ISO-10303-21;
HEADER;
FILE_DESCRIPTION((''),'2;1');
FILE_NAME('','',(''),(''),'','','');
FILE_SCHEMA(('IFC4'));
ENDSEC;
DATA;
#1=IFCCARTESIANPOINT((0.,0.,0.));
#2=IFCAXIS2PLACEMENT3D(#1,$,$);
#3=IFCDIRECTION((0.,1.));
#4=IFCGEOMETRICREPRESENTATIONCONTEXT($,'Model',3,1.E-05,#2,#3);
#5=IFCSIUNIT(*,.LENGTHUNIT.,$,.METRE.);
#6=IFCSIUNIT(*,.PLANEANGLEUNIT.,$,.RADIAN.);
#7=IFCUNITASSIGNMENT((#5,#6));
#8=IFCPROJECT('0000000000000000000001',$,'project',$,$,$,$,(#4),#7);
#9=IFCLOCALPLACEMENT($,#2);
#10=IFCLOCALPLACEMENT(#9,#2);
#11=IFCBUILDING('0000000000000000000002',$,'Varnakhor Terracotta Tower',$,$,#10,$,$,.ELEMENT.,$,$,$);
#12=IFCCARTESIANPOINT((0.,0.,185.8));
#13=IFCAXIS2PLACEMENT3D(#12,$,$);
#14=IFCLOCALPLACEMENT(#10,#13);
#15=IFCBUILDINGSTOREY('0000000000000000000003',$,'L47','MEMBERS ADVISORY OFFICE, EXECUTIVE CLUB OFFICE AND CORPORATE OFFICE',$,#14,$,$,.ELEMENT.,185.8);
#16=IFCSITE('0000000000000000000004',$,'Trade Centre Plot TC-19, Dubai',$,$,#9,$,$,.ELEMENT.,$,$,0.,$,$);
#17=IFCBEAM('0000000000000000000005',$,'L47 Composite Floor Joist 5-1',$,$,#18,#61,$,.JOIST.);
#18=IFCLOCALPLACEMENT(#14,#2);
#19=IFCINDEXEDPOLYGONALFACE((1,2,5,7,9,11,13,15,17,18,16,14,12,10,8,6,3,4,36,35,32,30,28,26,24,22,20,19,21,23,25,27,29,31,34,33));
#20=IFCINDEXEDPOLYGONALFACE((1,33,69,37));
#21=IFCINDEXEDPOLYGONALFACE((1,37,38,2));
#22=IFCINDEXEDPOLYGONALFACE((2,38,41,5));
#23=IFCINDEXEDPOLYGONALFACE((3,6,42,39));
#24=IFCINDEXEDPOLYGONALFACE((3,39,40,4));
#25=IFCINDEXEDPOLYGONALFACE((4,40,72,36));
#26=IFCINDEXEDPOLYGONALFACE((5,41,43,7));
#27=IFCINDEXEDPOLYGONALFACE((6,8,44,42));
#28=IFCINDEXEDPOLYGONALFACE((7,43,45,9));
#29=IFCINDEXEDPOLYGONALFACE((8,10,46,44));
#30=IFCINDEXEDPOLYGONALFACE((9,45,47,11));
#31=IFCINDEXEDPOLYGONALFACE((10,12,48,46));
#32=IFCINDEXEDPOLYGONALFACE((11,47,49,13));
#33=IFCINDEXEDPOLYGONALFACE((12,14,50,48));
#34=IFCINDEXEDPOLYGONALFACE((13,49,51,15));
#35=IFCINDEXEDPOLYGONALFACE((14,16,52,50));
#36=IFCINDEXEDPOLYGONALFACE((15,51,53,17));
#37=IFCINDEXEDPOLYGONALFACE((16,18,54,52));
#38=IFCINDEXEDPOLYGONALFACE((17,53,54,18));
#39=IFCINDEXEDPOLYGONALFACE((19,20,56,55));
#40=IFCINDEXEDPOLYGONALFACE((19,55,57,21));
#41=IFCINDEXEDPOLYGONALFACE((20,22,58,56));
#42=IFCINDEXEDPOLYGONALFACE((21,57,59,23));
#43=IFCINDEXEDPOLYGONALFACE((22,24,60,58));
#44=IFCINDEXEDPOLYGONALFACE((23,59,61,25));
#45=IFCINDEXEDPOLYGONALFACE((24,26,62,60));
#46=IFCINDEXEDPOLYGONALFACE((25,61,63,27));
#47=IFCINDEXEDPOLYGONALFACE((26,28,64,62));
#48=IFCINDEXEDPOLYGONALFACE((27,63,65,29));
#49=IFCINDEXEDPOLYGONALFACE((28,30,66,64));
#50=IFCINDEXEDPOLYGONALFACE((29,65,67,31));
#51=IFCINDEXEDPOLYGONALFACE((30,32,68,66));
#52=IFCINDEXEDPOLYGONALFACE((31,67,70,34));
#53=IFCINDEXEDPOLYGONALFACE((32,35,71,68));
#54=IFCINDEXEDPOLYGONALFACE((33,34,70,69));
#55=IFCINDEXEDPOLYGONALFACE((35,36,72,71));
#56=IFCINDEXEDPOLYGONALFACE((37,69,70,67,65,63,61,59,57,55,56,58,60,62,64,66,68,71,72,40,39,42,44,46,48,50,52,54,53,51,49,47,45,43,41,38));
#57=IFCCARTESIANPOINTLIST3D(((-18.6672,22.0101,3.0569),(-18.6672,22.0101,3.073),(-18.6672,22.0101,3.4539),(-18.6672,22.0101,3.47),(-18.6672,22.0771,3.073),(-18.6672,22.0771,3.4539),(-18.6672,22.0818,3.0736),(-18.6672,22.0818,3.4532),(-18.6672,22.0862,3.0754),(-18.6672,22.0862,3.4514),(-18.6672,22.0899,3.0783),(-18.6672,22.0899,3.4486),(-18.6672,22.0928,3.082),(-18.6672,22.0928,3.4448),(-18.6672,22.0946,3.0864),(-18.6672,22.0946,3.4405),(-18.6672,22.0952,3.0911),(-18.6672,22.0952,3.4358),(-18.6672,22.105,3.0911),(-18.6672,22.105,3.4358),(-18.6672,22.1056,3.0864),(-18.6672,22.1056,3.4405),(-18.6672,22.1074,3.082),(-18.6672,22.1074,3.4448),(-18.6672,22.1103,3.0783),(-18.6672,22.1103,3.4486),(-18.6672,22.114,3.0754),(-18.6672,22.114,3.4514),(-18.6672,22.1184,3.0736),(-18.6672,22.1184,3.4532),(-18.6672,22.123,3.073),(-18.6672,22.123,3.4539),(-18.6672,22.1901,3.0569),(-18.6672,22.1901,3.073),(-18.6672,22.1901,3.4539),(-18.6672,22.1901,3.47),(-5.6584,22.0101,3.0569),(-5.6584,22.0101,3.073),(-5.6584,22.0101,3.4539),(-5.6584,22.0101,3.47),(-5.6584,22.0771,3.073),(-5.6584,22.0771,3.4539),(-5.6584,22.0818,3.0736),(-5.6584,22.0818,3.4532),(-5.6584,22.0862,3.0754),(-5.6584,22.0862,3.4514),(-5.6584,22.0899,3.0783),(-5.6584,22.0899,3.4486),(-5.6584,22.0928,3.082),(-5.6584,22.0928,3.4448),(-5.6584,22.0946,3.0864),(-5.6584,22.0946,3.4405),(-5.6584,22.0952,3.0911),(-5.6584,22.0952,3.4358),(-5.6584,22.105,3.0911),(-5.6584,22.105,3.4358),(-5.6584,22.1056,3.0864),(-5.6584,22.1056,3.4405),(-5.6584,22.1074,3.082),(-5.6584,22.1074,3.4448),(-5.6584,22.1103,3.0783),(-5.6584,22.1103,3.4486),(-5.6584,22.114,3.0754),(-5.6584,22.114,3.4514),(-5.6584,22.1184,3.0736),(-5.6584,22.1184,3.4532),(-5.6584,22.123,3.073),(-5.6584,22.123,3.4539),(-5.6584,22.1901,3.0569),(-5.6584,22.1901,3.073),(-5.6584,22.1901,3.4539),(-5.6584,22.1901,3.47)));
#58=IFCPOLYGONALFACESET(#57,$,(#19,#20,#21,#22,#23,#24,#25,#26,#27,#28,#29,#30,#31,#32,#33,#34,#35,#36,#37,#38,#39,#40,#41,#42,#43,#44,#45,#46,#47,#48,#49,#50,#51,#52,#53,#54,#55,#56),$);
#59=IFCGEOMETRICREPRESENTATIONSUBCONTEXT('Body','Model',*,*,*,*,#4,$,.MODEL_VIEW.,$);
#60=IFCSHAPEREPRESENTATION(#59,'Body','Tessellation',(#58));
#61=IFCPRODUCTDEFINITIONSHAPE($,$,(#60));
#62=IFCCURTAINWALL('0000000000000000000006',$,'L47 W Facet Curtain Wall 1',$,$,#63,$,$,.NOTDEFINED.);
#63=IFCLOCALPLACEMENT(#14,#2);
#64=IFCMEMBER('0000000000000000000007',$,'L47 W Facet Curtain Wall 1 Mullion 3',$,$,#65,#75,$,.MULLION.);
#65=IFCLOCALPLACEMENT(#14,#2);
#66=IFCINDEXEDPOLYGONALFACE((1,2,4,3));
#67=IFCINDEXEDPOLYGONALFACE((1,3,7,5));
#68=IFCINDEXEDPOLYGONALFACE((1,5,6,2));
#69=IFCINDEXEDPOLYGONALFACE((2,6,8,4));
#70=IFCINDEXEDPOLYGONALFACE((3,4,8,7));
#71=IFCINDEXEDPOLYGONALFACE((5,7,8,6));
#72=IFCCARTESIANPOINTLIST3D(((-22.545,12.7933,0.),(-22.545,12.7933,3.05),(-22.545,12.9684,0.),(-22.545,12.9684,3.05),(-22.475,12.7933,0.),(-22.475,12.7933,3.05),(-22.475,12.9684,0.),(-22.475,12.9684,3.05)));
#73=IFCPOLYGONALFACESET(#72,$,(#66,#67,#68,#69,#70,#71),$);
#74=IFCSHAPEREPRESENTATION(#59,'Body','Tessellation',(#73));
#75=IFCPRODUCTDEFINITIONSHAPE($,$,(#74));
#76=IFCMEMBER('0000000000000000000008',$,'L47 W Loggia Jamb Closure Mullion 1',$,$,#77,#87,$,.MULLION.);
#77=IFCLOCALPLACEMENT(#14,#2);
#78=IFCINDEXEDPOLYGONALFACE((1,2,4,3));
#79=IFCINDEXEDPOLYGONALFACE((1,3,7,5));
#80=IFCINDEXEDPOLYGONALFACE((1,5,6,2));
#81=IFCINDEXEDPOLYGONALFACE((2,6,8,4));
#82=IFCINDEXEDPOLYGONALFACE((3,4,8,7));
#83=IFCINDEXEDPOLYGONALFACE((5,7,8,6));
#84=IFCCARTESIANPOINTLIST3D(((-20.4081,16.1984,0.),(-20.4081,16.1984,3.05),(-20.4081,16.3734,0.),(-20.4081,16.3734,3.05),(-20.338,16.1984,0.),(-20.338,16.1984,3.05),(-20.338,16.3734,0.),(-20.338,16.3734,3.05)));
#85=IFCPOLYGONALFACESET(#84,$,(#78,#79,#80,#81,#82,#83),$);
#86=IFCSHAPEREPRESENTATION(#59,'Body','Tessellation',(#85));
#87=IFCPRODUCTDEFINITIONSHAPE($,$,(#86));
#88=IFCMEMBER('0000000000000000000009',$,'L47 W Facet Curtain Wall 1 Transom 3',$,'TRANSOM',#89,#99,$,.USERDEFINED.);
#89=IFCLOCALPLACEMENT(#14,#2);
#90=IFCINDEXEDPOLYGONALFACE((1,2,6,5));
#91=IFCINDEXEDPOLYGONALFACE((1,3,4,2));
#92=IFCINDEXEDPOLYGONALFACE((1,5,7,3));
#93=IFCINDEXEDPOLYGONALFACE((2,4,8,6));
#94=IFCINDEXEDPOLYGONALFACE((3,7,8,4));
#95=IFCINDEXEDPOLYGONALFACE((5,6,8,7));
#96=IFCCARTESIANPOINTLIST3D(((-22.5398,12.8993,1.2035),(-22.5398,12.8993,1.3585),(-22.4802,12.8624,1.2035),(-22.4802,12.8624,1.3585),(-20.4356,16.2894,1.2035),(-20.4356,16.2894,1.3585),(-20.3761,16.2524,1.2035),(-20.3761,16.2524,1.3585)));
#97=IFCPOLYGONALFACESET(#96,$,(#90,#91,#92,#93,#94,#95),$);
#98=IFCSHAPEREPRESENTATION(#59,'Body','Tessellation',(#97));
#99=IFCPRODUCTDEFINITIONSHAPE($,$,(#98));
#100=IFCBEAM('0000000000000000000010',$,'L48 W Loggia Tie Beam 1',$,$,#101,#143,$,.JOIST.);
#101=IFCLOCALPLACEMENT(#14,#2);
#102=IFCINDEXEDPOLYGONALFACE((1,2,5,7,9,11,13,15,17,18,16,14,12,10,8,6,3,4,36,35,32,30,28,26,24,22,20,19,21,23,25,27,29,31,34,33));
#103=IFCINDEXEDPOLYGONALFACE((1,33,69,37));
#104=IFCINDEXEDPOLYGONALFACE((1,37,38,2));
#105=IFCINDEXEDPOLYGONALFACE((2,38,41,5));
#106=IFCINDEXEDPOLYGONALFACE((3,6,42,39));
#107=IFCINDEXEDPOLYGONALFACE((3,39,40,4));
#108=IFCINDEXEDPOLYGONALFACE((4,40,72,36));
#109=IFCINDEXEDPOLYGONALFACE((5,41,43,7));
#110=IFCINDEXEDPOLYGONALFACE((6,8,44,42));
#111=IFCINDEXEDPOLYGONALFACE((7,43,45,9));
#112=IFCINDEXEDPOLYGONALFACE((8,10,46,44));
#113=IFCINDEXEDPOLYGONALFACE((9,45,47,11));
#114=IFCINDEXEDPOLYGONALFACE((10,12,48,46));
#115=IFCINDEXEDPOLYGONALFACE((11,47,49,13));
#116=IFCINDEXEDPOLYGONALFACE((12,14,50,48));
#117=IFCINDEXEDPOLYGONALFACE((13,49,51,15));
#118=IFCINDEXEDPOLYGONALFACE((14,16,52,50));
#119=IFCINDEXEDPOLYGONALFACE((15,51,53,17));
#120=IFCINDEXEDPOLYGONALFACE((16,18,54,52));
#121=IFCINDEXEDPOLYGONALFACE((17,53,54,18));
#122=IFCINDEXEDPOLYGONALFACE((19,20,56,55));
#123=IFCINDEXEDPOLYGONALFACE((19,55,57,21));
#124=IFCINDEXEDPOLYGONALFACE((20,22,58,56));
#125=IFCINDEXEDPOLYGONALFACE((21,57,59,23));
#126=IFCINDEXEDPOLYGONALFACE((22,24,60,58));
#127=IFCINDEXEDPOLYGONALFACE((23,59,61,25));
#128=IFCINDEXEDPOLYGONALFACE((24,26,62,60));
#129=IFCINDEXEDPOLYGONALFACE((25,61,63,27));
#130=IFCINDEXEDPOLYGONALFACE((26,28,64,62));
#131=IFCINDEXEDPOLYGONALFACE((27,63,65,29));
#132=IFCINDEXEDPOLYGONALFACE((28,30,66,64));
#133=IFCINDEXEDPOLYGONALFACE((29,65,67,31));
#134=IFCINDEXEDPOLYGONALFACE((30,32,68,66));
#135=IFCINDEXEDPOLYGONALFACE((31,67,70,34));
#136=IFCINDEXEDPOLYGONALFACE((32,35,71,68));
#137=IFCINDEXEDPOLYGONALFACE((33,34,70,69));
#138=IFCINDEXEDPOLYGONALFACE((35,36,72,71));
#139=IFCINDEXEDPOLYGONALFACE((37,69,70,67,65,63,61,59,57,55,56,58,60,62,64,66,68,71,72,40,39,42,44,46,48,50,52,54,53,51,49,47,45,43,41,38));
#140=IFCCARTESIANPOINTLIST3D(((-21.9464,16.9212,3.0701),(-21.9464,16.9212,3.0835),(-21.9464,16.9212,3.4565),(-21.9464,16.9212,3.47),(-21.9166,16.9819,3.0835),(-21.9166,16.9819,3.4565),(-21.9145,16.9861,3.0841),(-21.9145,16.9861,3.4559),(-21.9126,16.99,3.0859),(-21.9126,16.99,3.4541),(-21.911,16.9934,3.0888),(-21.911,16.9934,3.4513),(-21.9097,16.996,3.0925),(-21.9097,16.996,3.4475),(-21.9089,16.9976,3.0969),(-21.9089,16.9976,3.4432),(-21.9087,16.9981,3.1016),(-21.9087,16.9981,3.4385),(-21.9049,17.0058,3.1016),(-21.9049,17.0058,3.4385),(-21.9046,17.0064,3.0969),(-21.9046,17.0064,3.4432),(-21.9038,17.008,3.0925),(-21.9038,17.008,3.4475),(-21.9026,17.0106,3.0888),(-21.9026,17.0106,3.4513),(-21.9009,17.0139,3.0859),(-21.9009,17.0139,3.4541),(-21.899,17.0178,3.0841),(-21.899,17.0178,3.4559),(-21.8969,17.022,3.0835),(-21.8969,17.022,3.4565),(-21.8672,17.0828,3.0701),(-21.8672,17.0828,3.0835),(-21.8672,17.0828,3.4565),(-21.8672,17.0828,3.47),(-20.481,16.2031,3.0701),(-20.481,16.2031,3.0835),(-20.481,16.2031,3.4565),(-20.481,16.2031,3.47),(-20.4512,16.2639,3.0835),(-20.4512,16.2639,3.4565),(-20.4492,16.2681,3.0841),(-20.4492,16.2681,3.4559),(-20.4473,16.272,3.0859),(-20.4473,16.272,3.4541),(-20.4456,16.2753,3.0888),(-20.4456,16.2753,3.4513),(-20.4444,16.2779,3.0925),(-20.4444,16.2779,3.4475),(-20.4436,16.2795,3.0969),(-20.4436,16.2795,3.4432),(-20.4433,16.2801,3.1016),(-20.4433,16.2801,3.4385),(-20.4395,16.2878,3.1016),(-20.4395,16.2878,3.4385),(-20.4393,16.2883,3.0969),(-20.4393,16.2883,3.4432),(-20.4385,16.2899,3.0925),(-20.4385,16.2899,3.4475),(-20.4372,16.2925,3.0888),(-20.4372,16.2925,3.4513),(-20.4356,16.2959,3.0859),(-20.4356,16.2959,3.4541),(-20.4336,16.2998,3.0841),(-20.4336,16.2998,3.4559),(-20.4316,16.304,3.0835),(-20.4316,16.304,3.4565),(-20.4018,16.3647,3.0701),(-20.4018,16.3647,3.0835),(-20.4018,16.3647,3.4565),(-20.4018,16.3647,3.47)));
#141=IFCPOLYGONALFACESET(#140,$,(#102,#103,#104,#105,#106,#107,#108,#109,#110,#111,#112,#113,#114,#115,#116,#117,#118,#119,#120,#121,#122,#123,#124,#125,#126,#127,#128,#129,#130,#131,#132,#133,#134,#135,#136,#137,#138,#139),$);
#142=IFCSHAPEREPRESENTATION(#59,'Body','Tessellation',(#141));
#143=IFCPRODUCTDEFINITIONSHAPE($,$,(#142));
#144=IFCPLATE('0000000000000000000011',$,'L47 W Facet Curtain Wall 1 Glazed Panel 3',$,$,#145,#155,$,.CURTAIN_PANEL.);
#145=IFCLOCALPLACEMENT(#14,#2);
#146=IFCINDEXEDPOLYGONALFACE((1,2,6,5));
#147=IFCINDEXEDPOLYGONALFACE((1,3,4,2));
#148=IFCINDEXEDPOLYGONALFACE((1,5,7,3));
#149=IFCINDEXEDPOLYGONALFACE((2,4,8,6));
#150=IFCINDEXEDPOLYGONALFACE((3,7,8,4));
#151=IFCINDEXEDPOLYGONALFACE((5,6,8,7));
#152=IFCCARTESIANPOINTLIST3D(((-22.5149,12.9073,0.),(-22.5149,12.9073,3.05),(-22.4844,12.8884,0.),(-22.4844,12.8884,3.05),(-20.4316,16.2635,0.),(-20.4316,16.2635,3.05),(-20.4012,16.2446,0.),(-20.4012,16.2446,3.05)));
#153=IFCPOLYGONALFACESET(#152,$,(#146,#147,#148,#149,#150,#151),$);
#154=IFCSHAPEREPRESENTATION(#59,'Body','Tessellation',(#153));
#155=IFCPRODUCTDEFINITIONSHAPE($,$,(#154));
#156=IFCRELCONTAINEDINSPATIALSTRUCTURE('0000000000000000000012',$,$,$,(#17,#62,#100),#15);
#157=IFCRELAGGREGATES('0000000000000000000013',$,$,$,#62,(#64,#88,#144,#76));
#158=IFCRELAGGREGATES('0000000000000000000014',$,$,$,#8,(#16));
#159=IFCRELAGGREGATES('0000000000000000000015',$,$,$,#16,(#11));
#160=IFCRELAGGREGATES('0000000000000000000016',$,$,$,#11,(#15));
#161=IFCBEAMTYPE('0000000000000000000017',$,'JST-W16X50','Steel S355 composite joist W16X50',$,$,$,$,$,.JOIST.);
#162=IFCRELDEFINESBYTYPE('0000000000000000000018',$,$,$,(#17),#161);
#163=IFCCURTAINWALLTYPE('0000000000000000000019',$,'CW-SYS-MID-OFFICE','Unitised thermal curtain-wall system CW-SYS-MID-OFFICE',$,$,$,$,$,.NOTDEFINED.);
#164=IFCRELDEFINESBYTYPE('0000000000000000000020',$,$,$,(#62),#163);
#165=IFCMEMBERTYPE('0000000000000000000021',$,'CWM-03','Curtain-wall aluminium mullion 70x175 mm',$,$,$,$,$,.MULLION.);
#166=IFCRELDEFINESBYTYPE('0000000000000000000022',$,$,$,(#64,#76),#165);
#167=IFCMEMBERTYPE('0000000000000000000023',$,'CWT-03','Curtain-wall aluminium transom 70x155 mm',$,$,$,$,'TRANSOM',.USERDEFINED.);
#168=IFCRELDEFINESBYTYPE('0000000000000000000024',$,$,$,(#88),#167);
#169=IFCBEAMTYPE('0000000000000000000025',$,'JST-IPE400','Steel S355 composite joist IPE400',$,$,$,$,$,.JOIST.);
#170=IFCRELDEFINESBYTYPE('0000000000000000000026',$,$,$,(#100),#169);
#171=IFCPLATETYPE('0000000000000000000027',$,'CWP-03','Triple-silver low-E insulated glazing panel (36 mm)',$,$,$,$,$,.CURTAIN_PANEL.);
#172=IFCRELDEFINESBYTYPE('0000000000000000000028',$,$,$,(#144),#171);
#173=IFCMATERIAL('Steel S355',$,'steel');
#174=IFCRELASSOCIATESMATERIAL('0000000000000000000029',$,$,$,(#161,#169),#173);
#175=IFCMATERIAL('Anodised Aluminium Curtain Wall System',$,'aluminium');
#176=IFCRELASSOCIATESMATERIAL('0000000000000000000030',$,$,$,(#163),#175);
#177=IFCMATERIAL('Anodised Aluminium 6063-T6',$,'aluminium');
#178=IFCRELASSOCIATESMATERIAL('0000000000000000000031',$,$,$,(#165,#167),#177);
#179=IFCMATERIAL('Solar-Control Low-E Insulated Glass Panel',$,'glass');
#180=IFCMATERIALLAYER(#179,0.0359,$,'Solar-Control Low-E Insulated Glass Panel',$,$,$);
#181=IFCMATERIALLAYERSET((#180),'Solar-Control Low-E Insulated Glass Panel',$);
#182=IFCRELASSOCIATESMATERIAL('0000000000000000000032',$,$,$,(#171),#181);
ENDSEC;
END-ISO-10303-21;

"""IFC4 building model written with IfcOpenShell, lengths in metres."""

from ifc_helpers import new_model, si_unit, direction, frame, origin, origin_2d, place, context, subcontext, project, spatial, rectangle, i_section, extrude, source, transform, mapped, material, layer, layer_set, material_profile, profile_set, type_object, element, aggregate, save


model = new_model("IFC4")

# Units and contexts
model_context = context("Model", 3, precision=1e-05, world=origin(), true_north=direction((0.0, 1.0)))
body_context = subcontext(model_context, "Body", "Model", "MODEL_VIEW")
ifc_project = project(units=[si_unit("LENGTHUNIT", "METRE"), si_unit("PLANEANGLEUNIT", "RADIAN")], contexts=[model_context])

# Site, building, storey
site_placement = place(None, origin())
site = spatial("IfcSite", under=ifc_project, at=site_placement, Name="Trade Centre Plot TC-19, Dubai", CompositionType="ELEMENT", RefElevation=0.0)
building_placement = place(site_placement, origin())
building = spatial("IfcBuilding", under=site, at=building_placement, Name="Varnakhor Terracotta Tower", CompositionType="ELEMENT")
storey_placement = place(building_placement, frame((0.0, 0.0, 185.8)))
storey = spatial("IfcBuildingStorey", under=building, at=storey_placement, Name="L47", Description="MEMBERS ADVISORY OFFICE, EXECUTIVE CLUB OFFICE AND CORPORATE OFFICE", CompositionType="ELEMENT", Elevation=185.8)

# Beam
ifc_material_1 = material(Name="Steel S355", Category="steel")
ifc_material_profile_1 = material_profile(ifc_material_1, i_section(OverallWidth=0.1799, OverallDepth=0.4131, WebThickness=0.0098, FlangeThickness=0.0161, FilletRadius=0.0181, at=origin_2d()), Name="W16X50")
ifc_profile_set_1 = profile_set([ifc_material_profile_1], Name="Steel S355")
beam_type_1 = type_object("IfcBeamType", Name="JST-W16X50", Description="Steel S355 composite joist W16X50", PredefinedType="JOIST", material=ifc_profile_set_1)
shared_shape_1 = source(origin(), body_context, "Body", "SweptSolid", [
    extrude(i_section(OverallWidth=0.1799, OverallDepth=0.4131, WebThickness=0.0098, FlangeThickness=0.0161, FilletRadius=0.0181, at=origin_2d()), origin(), (0.0, 0.0, 1.0), 13.0088),
])
beam_1_placement = place(storey_placement, frame((-18.6672, 22.1001, 3.2634), z_axis=(1.0, 0.0, 0.0), x_axis=(0.0, 1.0, 0.0)))
element("IfcBeam", 1, at=beam_1_placement, inside=storey, type_object=beam_type_1, Name="L47 Composite Floor Joist 5-1", PredefinedType="JOIST", context=body_context, shape_type="MappedRepresentation", body=[
    mapped(shared_shape_1, transform((0.0, 0.0, 0.0), scale=1.0)),
])

# Curtain wall, members
ifc_material_2 = material(Name="Anodised Aluminium Curtain Wall System", Category="aluminium")
curtain_wall_type = type_object("IfcCurtainWallType", Name="CW-SYS-MID-OFFICE", Description="Unitised thermal curtain-wall system CW-SYS-MID-OFFICE", PredefinedType="NOTDEFINED", material=ifc_material_2)
curtain_wall_placement = place(storey_placement, origin())
curtain_wall = element("IfcCurtainWall", 2, at=curtain_wall_placement, inside=storey, type_object=curtain_wall_type, Name="L47 W Facet Curtain Wall 1", PredefinedType="NOTDEFINED")
ifc_material_3 = material(Name="Anodised Aluminium 6063-T6", Category="aluminium")
ifc_material_profile_2 = material_profile(ifc_material_3, rectangle(XDim=0.0701, YDim=0.175, at=origin_2d()), Name="ALU MULLION 70x175")
ifc_profile_set_2 = profile_set([ifc_material_profile_2], Name="Anodised Aluminium 6063-T6")
member_type_1 = type_object("IfcMemberType", Name="CWM-03", Description="Curtain-wall aluminium mullion 70x175 mm", PredefinedType="MULLION", material=ifc_profile_set_2)
shared_shape_2 = source(origin(), body_context, "Body", "SweptSolid", [
    extrude(rectangle(XDim=0.0701, YDim=0.175, at=origin_2d()), origin(), (0.0, 0.0, 1.0), 3.05),
])
member_1_placement = place(storey_placement, frame((-22.51, 12.8809, 0.0), z_axis=(0.0, 0.0, 1.0), x_axis=(1.0, 0.0, 0.0)))
member_1 = element("IfcMember", 3, at=member_1_placement, type_object=member_type_1, Name="L47 W Facet Curtain Wall 1 Mullion 3", PredefinedType="MULLION", context=body_context, shape_type="MappedRepresentation", body=[
    mapped(shared_shape_2, transform((0.0, 0.0, 0.0), scale=1.0)),
])
member_2_placement = place(storey_placement, frame((-20.373, 16.2859, 0.0), z_axis=(0.0, 0.0, 1.0), x_axis=(1.0, 0.0, 0.0)))
member_2 = element("IfcMember", 4, at=member_2_placement, type_object=member_type_1, Name="L47 W Loggia Jamb Closure Mullion 1", PredefinedType="MULLION", context=body_context, shape_type="MappedRepresentation", body=[
    mapped(shared_shape_2, transform((0.0, 0.0, 0.0), scale=1.0)),
])
ifc_material_profile_3 = material_profile(ifc_material_3, rectangle(XDim=0.0701, YDim=0.155, at=origin_2d()), Name="ALU TRANSOM 70x155")
ifc_profile_set_3 = profile_set([ifc_material_profile_3], Name="Anodised Aluminium 6063-T6")
member_type_2 = type_object("IfcMemberType", Name="CWT-03", Description="Curtain-wall aluminium transom 70x155 mm", ElementType="TRANSOM", PredefinedType="USERDEFINED", material=ifc_profile_set_3)
shared_shape_3 = source(origin(), body_context, "Body", "SweptSolid", [
    extrude(rectangle(XDim=0.0701, YDim=0.155, at=origin_2d()), origin(), (0.0, 0.0, 1.0), 3.99),
])
member_3_placement = place(storey_placement, frame((-22.51, 12.8809, 1.281), z_axis=(0.527367, 0.849637, 0.0), x_axis=(-0.849637, 0.527367, 0.0)))
member_3 = element("IfcMember", 5, at=member_3_placement, type_object=member_type_2, Name="L47 W Facet Curtain Wall 1 Transom 3", ObjectType="TRANSOM", PredefinedType="USERDEFINED", context=body_context, shape_type="MappedRepresentation", body=[
    mapped(shared_shape_3, transform((0.0, 0.0, 0.0), scale=1.0)),
])

# Beam
ifc_material_profile_4 = material_profile(ifc_material_1, i_section(OverallWidth=0.1799, OverallDepth=0.3999, WebThickness=0.0085, FlangeThickness=0.0134, FilletRadius=0.0181, at=origin_2d()), Name="IPE400")
ifc_profile_set_4 = profile_set([ifc_material_profile_4], Name="Steel S355")
beam_type_2 = type_object("IfcBeamType", Name="JST-IPE400", Description="Steel S355 composite joist IPE400", PredefinedType="JOIST", material=ifc_profile_set_4)
shared_shape_4 = source(origin(), body_context, "Body", "SweptSolid", [
    extrude(i_section(OverallWidth=0.1799, OverallDepth=0.3999, WebThickness=0.0085, FlangeThickness=0.0134, FilletRadius=0.0181, at=origin_2d()), origin(), (0.0, 0.0, 1.0), 1.6318),
])
beam_2_placement = place(storey_placement, frame((-20.4414, 16.2839, 3.27), z_axis=(-0.897989, 0.440018, 0.0), x_axis=(-0.440018, -0.897989, 0.0)))
element("IfcBeam", 6, at=beam_2_placement, inside=storey, type_object=beam_type_2, Name="L48 W Loggia Tie Beam 1", PredefinedType="JOIST", context=body_context, shape_type="MappedRepresentation", body=[
    mapped(shared_shape_4, transform((0.0, 0.0, 0.0), scale=1.0)),
])

# Plate
ifc_material_4 = material(Name="Solar-Control Low-E Insulated Glass Panel", Category="glass")
ifc_layer_1 = layer(ifc_material_4, 0.0359, Name="Solar-Control Low-E Insulated Glass Panel")
ifc_layer_set_1 = layer_set([ifc_layer_1], Name="Solar-Control Low-E Insulated Glass Panel")
plate_type = type_object("IfcPlateType", Name="CWP-03", Description="Triple-silver low-E insulated glazing panel (36 mm)", PredefinedType="CURTAIN_PANEL", material=ifc_layer_set_1)
shared_shape_5 = source(origin(), body_context, "Body", "SweptSolid", [
    extrude(rectangle(XDim=3.9502, YDim=0.0359, at=origin_2d()), origin(), (0.0, 0.0, 1.0), 3.05),
])
plate_placement = place(storey_placement, frame((-21.458, 14.5759, 0.0), z_axis=(0.0, 0.0, 1.0), x_axis=(0.527371, 0.849635, 0.0)))
plate = element("IfcPlate", 7, at=plate_placement, type_object=plate_type, Name="L47 W Facet Curtain Wall 1 Glazed Panel 3", PredefinedType="CURTAIN_PANEL", context=body_context, shape_type="MappedRepresentation", body=[
    mapped(shared_shape_5, transform((0.0, 0.0, 0.0), scale=1.0)),
])
aggregate(curtain_wall, [member_1, member_3, plate, member_2])

save(model, "model.ifc")
